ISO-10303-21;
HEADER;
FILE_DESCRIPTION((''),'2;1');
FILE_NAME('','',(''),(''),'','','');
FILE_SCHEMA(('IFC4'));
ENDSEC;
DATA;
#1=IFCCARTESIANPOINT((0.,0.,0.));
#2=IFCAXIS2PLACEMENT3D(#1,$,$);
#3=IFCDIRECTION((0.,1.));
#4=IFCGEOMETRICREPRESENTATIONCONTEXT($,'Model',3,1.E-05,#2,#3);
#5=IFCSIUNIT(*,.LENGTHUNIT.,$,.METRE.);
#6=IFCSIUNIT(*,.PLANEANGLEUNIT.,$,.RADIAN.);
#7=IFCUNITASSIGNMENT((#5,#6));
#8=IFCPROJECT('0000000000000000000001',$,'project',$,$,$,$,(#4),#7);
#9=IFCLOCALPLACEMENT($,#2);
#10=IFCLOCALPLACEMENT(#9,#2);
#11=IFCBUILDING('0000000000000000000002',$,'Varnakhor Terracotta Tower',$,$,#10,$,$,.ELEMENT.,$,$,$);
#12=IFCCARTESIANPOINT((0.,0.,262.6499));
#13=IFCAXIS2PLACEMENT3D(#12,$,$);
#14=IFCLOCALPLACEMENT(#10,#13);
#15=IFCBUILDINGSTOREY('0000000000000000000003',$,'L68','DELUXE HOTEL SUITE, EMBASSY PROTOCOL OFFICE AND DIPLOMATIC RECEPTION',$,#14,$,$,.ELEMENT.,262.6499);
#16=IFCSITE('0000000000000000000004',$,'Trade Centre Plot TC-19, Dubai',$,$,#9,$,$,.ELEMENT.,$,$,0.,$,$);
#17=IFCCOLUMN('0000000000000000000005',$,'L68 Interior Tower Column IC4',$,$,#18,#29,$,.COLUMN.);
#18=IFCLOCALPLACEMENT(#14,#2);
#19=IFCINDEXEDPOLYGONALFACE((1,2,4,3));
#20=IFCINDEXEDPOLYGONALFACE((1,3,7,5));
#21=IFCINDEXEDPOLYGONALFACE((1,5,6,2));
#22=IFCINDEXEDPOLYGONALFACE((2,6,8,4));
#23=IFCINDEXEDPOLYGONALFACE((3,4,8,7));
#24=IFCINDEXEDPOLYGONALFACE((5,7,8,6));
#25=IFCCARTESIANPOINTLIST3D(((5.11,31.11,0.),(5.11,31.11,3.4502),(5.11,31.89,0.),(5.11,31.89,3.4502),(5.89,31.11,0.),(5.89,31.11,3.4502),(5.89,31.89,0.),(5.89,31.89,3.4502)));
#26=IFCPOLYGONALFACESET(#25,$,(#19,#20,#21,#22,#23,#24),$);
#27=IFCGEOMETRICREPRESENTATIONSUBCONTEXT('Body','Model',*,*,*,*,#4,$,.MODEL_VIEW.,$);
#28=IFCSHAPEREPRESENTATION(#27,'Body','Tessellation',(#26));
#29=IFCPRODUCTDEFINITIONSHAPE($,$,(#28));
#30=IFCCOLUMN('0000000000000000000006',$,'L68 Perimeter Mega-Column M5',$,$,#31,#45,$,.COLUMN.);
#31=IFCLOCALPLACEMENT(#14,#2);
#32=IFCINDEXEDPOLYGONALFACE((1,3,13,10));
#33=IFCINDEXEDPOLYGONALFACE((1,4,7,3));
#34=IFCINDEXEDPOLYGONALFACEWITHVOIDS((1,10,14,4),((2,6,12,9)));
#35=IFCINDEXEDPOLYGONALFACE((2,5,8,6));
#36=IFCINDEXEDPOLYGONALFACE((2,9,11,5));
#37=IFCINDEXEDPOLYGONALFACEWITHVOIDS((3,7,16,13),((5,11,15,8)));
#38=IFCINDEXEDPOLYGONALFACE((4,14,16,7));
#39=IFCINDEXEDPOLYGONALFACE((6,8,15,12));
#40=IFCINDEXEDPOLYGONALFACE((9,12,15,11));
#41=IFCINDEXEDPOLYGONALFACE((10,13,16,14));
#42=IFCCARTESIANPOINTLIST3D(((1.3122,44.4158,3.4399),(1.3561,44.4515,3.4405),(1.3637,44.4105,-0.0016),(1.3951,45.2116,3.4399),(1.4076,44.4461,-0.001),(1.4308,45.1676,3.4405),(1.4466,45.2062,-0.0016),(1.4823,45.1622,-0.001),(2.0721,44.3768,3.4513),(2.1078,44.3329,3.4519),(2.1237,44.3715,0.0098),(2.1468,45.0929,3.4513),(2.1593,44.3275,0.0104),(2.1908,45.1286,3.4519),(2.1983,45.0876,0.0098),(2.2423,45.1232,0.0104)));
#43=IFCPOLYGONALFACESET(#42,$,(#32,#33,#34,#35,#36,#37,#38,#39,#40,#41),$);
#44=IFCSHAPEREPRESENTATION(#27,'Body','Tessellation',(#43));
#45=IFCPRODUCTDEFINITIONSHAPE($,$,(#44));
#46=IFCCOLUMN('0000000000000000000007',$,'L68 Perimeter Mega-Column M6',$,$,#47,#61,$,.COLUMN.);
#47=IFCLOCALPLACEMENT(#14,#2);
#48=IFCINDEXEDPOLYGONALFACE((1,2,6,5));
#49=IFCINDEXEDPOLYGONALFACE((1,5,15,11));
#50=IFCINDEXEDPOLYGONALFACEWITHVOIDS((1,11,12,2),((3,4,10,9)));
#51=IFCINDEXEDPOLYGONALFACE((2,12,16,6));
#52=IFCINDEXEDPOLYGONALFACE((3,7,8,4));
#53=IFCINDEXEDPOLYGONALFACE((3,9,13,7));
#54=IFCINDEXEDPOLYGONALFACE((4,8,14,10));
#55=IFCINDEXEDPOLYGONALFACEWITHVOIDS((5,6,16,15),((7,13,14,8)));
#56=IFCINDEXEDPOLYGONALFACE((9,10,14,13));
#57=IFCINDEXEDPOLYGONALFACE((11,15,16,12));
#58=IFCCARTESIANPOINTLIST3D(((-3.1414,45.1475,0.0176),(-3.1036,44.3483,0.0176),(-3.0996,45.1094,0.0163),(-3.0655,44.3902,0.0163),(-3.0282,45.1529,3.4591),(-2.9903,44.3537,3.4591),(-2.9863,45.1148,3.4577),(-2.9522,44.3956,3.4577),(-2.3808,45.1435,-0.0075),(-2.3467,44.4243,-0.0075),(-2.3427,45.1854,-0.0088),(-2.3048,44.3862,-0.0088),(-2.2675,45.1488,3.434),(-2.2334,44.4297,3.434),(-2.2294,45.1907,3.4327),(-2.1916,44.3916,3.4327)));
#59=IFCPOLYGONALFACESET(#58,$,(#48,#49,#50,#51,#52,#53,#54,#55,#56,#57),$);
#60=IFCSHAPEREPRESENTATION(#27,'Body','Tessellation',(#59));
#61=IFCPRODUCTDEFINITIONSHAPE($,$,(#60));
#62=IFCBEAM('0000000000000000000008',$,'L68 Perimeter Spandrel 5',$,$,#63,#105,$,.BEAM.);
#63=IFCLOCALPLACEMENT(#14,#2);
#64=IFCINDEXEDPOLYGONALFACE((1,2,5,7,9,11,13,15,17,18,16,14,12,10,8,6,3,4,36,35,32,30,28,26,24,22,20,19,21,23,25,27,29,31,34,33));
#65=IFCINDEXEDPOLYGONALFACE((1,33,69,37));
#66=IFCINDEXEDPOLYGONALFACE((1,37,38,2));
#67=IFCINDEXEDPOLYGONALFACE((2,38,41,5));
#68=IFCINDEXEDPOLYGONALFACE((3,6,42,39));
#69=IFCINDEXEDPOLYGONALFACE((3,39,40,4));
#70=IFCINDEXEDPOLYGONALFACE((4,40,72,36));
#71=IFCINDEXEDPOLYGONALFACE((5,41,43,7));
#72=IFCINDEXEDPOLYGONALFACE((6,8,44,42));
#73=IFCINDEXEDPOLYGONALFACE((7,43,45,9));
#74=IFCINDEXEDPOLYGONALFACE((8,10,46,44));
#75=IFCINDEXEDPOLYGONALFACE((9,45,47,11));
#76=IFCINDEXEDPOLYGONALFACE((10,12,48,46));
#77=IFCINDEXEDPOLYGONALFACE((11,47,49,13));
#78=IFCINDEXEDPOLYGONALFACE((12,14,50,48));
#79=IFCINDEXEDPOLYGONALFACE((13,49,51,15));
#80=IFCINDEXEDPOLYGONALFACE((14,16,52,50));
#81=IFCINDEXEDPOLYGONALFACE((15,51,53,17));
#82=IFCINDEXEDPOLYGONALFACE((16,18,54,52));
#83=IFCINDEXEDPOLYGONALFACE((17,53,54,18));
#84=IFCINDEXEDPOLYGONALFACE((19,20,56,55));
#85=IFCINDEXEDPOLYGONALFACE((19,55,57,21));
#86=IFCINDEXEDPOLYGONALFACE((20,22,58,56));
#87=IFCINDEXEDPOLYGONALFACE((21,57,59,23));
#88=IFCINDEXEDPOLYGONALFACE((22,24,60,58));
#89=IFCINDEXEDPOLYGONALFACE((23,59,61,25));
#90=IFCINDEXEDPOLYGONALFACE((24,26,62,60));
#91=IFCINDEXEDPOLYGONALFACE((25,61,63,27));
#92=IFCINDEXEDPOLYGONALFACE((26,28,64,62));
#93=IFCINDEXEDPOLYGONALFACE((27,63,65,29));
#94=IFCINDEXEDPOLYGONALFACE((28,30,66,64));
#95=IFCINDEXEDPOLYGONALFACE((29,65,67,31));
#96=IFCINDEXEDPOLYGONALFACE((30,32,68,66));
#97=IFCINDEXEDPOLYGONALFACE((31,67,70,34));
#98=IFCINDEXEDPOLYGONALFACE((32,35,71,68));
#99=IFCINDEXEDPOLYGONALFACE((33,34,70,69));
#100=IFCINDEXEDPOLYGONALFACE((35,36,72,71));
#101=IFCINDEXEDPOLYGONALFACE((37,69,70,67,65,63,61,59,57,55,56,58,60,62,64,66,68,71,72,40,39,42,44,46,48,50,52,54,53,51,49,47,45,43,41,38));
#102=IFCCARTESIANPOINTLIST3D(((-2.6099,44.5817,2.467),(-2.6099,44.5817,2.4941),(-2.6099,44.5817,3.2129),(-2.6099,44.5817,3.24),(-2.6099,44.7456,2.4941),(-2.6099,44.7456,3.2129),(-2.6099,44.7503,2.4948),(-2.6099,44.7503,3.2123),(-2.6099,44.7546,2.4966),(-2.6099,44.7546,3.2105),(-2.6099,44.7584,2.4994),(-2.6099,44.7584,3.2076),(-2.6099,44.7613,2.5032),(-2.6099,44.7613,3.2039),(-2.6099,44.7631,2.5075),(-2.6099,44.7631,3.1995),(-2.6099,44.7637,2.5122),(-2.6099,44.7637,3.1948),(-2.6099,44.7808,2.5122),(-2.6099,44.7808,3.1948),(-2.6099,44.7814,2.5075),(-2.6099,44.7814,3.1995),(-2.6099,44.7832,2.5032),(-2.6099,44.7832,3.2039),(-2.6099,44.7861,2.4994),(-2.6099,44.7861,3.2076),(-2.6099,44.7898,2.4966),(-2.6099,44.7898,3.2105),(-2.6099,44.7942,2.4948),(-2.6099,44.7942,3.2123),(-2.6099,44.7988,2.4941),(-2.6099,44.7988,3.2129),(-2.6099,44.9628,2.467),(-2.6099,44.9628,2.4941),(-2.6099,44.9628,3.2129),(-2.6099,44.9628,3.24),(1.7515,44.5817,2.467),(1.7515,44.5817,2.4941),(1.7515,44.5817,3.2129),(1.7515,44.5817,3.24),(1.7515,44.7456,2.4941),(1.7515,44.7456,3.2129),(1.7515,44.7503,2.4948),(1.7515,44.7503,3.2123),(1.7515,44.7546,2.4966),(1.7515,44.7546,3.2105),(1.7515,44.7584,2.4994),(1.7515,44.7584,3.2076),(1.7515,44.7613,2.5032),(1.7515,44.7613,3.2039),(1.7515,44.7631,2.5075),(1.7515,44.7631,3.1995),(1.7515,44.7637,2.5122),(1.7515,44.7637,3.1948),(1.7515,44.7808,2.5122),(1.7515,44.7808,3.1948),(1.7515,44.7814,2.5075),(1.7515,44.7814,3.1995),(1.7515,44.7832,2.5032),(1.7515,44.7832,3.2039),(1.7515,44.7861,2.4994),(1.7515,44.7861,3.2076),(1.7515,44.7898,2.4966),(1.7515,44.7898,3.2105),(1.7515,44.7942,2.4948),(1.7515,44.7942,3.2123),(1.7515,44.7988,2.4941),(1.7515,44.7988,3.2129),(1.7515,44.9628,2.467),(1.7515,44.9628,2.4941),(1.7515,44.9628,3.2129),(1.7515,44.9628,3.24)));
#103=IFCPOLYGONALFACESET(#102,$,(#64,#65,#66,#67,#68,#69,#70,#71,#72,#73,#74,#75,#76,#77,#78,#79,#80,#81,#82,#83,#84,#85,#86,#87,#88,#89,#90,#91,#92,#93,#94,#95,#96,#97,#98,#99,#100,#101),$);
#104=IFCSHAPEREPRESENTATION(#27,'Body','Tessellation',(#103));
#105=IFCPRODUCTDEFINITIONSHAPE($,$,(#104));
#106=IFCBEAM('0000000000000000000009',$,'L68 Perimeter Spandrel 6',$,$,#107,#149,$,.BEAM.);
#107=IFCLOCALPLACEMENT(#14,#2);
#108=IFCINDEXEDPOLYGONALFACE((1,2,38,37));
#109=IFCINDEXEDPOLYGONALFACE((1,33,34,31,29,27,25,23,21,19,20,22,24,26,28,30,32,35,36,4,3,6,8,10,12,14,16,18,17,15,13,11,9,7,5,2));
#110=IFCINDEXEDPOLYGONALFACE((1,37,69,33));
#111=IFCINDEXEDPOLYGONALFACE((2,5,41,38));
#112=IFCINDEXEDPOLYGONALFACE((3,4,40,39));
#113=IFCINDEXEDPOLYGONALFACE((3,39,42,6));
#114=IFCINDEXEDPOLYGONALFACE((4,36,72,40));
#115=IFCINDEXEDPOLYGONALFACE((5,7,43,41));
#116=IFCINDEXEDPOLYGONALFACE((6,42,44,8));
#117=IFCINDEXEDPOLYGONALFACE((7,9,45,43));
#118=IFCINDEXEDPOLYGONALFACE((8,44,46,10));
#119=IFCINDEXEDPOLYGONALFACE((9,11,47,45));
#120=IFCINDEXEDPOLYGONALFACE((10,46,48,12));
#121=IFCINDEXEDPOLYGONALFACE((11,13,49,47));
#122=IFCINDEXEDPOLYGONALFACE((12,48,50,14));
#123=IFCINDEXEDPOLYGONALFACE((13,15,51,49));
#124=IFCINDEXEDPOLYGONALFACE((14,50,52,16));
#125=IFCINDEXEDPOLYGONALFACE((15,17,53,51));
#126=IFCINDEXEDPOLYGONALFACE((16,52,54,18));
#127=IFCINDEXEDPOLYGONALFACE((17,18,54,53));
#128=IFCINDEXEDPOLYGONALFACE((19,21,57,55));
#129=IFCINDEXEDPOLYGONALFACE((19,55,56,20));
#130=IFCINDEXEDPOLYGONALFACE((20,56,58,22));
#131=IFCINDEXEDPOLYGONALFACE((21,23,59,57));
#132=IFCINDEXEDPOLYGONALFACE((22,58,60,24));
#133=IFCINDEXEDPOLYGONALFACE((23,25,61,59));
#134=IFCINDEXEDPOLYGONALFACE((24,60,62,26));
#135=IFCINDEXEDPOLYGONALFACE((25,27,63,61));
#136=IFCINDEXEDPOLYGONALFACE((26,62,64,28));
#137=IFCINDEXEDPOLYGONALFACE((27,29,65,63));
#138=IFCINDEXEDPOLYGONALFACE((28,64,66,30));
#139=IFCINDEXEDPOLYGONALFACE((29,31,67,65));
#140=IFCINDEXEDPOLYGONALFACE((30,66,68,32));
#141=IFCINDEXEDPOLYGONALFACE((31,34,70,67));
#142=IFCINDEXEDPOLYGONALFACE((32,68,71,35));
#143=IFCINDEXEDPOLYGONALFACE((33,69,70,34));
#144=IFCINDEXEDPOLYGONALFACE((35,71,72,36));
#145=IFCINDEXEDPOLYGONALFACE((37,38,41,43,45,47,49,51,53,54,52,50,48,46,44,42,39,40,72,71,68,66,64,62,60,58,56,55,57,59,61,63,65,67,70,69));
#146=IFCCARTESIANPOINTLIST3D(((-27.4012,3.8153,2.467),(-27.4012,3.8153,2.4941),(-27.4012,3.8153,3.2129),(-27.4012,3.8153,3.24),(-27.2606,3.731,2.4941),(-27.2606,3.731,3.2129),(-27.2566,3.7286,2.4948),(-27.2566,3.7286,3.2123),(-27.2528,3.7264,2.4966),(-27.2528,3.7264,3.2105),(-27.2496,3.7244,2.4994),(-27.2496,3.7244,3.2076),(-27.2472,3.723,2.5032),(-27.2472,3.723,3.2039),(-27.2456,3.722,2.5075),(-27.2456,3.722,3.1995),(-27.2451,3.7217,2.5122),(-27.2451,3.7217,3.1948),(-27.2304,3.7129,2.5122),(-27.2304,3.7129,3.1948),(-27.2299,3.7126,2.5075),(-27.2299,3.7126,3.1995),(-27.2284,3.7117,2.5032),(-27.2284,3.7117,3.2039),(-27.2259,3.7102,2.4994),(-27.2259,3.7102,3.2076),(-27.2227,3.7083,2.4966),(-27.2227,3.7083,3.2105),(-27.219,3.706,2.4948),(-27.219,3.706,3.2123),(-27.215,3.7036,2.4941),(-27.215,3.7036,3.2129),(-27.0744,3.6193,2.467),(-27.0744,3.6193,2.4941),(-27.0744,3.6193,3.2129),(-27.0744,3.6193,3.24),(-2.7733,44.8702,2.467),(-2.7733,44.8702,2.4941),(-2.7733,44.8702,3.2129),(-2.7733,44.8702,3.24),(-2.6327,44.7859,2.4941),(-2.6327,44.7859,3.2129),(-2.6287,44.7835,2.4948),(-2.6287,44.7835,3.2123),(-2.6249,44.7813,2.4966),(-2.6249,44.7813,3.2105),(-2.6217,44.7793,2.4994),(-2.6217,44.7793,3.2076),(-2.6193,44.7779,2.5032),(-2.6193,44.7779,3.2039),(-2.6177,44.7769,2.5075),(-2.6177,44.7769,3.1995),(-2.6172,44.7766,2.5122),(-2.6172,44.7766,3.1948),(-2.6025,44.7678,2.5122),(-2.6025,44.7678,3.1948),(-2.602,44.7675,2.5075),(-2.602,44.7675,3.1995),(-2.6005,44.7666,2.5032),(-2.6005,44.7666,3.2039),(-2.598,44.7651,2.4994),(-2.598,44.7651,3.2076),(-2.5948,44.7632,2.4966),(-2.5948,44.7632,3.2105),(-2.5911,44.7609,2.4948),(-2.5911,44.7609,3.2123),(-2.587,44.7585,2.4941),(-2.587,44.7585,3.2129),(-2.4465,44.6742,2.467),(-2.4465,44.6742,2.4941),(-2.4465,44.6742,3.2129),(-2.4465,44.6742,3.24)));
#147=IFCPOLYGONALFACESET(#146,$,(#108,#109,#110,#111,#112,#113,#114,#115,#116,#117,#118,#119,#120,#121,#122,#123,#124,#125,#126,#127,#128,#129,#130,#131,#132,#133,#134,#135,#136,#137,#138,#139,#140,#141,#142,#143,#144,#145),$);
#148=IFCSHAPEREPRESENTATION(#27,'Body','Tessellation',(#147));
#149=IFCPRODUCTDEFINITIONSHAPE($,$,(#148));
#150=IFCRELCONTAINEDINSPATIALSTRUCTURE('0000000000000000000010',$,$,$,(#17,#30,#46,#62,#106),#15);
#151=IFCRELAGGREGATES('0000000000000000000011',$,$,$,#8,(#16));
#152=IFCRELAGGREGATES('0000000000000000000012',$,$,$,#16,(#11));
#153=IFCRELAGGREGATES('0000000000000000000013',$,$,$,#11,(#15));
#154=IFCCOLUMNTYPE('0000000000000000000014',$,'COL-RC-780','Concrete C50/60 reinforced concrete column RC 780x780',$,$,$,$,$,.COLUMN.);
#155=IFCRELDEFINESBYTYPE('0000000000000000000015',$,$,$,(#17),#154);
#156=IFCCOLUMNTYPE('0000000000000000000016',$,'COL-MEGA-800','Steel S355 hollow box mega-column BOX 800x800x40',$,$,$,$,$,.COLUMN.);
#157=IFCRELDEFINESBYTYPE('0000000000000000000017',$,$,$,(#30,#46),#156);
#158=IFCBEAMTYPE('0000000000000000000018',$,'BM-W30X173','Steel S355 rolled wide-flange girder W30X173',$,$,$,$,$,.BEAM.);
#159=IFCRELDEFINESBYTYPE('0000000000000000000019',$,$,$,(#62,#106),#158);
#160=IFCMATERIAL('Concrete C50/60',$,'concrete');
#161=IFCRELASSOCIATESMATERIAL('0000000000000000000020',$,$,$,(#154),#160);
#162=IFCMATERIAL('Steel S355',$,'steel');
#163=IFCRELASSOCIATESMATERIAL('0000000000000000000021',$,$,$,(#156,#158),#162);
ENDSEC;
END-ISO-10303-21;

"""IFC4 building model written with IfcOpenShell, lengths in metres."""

from ifc_helpers import new_model, si_unit, direction, frame, origin, origin_2d, place, context, subcontext, project, spatial, rectangle, hollow_rectangle, i_section, extrude, source, transform, mapped, material, material_profile, profile_set, type_object, element, save


model = new_model("IFC4")

# Units and contexts
model_context = context("Model", 3, precision=1e-05, world=origin(), true_north=direction((0.0, 1.0)))
body_context = subcontext(model_context, "Body", "Model", "MODEL_VIEW")
ifc_project = project(units=[si_unit("LENGTHUNIT", "METRE"), si_unit("PLANEANGLEUNIT", "RADIAN")], contexts=[model_context])

# Site, building, storey
site_placement = place(None, origin())
site = spatial("IfcSite", under=ifc_project, at=site_placement, Name="Trade Centre Plot TC-19, Dubai", CompositionType="ELEMENT", RefElevation=0.0)
building_placement = place(site_placement, origin())
building = spatial("IfcBuilding", under=site, at=building_placement, Name="Varnakhor Terracotta Tower", CompositionType="ELEMENT")
storey_placement = place(building_placement, frame((0.0, 0.0, 262.6499)))
storey = spatial("IfcBuildingStorey", under=building, at=storey_placement, Name="L68", Description="DELUXE HOTEL SUITE, EMBASSY PROTOCOL OFFICE AND DIPLOMATIC RECEPTION", CompositionType="ELEMENT", Elevation=262.6499)

# Columns
ifc_material_1 = material(Name="Concrete C50/60", Category="concrete")
ifc_material_profile_1 = material_profile(ifc_material_1, rectangle(XDim=0.78, YDim=0.78, at=origin_2d()), Name="RC 780x780")
ifc_profile_set_1 = profile_set([ifc_material_profile_1], Name="Concrete C50/60")
column_type_1 = type_object("IfcColumnType", Name="COL-RC-780", Description="Concrete C50/60 reinforced concrete column RC 780x780", PredefinedType="COLUMN", material=ifc_profile_set_1)
shared_shape_1 = source(origin(), body_context, "Body", "SweptSolid", [
    extrude(rectangle(XDim=0.78, YDim=0.78, at=origin_2d()), origin(), (0.0, 0.0, 1.0), 3.4502),
])
column_1_placement = place(storey_placement, frame((5.5, 31.5, 0.0), z_axis=(0.0, 0.0, 1.0), x_axis=(1.0, 0.0, 0.0)))
element("IfcColumn", 1, at=column_1_placement, inside=storey, type_object=column_type_1, Name="L68 Interior Tower Column IC4", PredefinedType="COLUMN", context=body_context, shape_type="MappedRepresentation", body=[
    mapped(shared_shape_1, transform((0.0, 0.0, 0.0), scale=1.0)),
])
ifc_material_2 = material(Name="Steel S355", Category="steel")
ifc_material_profile_2 = material_profile(ifc_material_2, hollow_rectangle(XDim=0.8, YDim=0.8, WallThickness=0.04, at=origin_2d()), Name="BOX 800x800x40")
ifc_profile_set_2 = profile_set([ifc_material_profile_2], Name="Steel S355")
column_type_2 = type_object("IfcColumnType", Name="COL-MEGA-800", Description="Steel S355 hollow box mega-column BOX 800x800x40", PredefinedType="COLUMN", material=ifc_profile_set_2)
shared_shape_2 = source(origin(), body_context, "Body", "SweptSolid", [
    extrude(hollow_rectangle(XDim=0.8, YDim=0.8, WallThickness=0.04, at=origin_2d()), origin(), (0.0, 0.0, 1.0), 3.4419),
])
column_2_placement = place(storey_placement, frame((1.803, 44.7668, 0.0044), z_axis=(-0.014967, 0.001561, 0.999887), x_axis=(-0.103703, -0.994608, 0.0)))
element("IfcColumn", 2, at=column_2_placement, inside=storey, type_object=column_type_2, Name="L68 Perimeter Mega-Column M5", PredefinedType="COLUMN", context=body_context, shape_type="MappedRepresentation", body=[
    mapped(shared_shape_2, transform((0.0, 0.0, 0.0), scale=1.0)),
])
shared_shape_3 = source(origin(), body_context, "Body", "SweptSolid", [
    extrude(hollow_rectangle(XDim=0.8, YDim=0.8, WallThickness=0.04, at=origin_2d()), origin(), (0.0, 0.0, 1.0), 3.4434),
])
column_3_placement = place(storey_placement, frame((-2.7231, 44.7668, 0.0044), z_axis=(0.032899, 0.00156, 0.999457), x_axis=(-0.047361, 0.998878, 0.0)))
element("IfcColumn", 3, at=column_3_placement, inside=storey, type_object=column_type_2, Name="L68 Perimeter Mega-Column M6", PredefinedType="COLUMN", context=body_context, shape_type="MappedRepresentation", body=[
    mapped(shared_shape_3, transform((0.0, 0.0, 0.0), scale=1.0)),
])

# Beams
ifc_material_profile_3 = material_profile(ifc_material_2, i_section(OverallWidth=0.3811, OverallDepth=0.7729, WebThickness=0.0171, FlangeThickness=0.0271, FilletRadius=0.0181, at=origin_2d()), Name="W30X173")
ifc_profile_set_3 = profile_set([ifc_material_profile_3], Name="Steel S355")
beam_type_1 = type_object("IfcBeamType", Name="BM-W30X173", Description="Steel S355 rolled wide-flange girder W30X173", PredefinedType="BEAM", material=ifc_profile_set_3)
shared_shape_4 = source(origin(), body_context, "Body", "SweptSolid", [
    extrude(i_section(OverallWidth=0.3811, OverallDepth=0.7729, WebThickness=0.0171, FlangeThickness=0.0271, FilletRadius=0.0181, at=origin_2d()), origin(), (0.0, 0.0, 1.0), 4.3613),
])
beam_1_placement = place(storey_placement, frame((1.7515, 44.7722, 2.8535), z_axis=(-1.0, 0.0, 0.0), x_axis=(0.0, -1.0, 0.0)))
element("IfcBeam", 4, at=beam_1_placement, inside=storey, type_object=beam_type_1, Name="L68 Perimeter Spandrel 5", PredefinedType="BEAM", context=body_context, shape_type="MappedRepresentation", body=[
    mapped(shared_shape_4, transform((0.0, 0.0, 0.0), scale=1.0)),
])
shared_shape_5 = source(origin(), body_context, "Body", "SweptSolid", [
    extrude(i_section(OverallWidth=0.3811, OverallDepth=0.7729, WebThickness=0.0171, FlangeThickness=0.0271, FilletRadius=0.0181, at=origin_2d()), origin(), (0.0, 0.0, 1.0), 47.8752),
])
beam_2_placement = place(storey_placement, frame((-2.6099, 44.7722, 2.8535), z_axis=(-0.514419, -0.857539, 0.0), x_axis=(0.857539, -0.514419, 0.0)))
element("IfcBeam", 5, at=beam_2_placement, inside=storey, type_object=beam_type_1, Name="L68 Perimeter Spandrel 6", PredefinedType="BEAM", context=body_context, shape_type="MappedRepresentation", body=[
    mapped(shared_shape_5, transform((0.0, 0.0, 0.0), scale=1.0)),
])

save(model, "model.ifc")
